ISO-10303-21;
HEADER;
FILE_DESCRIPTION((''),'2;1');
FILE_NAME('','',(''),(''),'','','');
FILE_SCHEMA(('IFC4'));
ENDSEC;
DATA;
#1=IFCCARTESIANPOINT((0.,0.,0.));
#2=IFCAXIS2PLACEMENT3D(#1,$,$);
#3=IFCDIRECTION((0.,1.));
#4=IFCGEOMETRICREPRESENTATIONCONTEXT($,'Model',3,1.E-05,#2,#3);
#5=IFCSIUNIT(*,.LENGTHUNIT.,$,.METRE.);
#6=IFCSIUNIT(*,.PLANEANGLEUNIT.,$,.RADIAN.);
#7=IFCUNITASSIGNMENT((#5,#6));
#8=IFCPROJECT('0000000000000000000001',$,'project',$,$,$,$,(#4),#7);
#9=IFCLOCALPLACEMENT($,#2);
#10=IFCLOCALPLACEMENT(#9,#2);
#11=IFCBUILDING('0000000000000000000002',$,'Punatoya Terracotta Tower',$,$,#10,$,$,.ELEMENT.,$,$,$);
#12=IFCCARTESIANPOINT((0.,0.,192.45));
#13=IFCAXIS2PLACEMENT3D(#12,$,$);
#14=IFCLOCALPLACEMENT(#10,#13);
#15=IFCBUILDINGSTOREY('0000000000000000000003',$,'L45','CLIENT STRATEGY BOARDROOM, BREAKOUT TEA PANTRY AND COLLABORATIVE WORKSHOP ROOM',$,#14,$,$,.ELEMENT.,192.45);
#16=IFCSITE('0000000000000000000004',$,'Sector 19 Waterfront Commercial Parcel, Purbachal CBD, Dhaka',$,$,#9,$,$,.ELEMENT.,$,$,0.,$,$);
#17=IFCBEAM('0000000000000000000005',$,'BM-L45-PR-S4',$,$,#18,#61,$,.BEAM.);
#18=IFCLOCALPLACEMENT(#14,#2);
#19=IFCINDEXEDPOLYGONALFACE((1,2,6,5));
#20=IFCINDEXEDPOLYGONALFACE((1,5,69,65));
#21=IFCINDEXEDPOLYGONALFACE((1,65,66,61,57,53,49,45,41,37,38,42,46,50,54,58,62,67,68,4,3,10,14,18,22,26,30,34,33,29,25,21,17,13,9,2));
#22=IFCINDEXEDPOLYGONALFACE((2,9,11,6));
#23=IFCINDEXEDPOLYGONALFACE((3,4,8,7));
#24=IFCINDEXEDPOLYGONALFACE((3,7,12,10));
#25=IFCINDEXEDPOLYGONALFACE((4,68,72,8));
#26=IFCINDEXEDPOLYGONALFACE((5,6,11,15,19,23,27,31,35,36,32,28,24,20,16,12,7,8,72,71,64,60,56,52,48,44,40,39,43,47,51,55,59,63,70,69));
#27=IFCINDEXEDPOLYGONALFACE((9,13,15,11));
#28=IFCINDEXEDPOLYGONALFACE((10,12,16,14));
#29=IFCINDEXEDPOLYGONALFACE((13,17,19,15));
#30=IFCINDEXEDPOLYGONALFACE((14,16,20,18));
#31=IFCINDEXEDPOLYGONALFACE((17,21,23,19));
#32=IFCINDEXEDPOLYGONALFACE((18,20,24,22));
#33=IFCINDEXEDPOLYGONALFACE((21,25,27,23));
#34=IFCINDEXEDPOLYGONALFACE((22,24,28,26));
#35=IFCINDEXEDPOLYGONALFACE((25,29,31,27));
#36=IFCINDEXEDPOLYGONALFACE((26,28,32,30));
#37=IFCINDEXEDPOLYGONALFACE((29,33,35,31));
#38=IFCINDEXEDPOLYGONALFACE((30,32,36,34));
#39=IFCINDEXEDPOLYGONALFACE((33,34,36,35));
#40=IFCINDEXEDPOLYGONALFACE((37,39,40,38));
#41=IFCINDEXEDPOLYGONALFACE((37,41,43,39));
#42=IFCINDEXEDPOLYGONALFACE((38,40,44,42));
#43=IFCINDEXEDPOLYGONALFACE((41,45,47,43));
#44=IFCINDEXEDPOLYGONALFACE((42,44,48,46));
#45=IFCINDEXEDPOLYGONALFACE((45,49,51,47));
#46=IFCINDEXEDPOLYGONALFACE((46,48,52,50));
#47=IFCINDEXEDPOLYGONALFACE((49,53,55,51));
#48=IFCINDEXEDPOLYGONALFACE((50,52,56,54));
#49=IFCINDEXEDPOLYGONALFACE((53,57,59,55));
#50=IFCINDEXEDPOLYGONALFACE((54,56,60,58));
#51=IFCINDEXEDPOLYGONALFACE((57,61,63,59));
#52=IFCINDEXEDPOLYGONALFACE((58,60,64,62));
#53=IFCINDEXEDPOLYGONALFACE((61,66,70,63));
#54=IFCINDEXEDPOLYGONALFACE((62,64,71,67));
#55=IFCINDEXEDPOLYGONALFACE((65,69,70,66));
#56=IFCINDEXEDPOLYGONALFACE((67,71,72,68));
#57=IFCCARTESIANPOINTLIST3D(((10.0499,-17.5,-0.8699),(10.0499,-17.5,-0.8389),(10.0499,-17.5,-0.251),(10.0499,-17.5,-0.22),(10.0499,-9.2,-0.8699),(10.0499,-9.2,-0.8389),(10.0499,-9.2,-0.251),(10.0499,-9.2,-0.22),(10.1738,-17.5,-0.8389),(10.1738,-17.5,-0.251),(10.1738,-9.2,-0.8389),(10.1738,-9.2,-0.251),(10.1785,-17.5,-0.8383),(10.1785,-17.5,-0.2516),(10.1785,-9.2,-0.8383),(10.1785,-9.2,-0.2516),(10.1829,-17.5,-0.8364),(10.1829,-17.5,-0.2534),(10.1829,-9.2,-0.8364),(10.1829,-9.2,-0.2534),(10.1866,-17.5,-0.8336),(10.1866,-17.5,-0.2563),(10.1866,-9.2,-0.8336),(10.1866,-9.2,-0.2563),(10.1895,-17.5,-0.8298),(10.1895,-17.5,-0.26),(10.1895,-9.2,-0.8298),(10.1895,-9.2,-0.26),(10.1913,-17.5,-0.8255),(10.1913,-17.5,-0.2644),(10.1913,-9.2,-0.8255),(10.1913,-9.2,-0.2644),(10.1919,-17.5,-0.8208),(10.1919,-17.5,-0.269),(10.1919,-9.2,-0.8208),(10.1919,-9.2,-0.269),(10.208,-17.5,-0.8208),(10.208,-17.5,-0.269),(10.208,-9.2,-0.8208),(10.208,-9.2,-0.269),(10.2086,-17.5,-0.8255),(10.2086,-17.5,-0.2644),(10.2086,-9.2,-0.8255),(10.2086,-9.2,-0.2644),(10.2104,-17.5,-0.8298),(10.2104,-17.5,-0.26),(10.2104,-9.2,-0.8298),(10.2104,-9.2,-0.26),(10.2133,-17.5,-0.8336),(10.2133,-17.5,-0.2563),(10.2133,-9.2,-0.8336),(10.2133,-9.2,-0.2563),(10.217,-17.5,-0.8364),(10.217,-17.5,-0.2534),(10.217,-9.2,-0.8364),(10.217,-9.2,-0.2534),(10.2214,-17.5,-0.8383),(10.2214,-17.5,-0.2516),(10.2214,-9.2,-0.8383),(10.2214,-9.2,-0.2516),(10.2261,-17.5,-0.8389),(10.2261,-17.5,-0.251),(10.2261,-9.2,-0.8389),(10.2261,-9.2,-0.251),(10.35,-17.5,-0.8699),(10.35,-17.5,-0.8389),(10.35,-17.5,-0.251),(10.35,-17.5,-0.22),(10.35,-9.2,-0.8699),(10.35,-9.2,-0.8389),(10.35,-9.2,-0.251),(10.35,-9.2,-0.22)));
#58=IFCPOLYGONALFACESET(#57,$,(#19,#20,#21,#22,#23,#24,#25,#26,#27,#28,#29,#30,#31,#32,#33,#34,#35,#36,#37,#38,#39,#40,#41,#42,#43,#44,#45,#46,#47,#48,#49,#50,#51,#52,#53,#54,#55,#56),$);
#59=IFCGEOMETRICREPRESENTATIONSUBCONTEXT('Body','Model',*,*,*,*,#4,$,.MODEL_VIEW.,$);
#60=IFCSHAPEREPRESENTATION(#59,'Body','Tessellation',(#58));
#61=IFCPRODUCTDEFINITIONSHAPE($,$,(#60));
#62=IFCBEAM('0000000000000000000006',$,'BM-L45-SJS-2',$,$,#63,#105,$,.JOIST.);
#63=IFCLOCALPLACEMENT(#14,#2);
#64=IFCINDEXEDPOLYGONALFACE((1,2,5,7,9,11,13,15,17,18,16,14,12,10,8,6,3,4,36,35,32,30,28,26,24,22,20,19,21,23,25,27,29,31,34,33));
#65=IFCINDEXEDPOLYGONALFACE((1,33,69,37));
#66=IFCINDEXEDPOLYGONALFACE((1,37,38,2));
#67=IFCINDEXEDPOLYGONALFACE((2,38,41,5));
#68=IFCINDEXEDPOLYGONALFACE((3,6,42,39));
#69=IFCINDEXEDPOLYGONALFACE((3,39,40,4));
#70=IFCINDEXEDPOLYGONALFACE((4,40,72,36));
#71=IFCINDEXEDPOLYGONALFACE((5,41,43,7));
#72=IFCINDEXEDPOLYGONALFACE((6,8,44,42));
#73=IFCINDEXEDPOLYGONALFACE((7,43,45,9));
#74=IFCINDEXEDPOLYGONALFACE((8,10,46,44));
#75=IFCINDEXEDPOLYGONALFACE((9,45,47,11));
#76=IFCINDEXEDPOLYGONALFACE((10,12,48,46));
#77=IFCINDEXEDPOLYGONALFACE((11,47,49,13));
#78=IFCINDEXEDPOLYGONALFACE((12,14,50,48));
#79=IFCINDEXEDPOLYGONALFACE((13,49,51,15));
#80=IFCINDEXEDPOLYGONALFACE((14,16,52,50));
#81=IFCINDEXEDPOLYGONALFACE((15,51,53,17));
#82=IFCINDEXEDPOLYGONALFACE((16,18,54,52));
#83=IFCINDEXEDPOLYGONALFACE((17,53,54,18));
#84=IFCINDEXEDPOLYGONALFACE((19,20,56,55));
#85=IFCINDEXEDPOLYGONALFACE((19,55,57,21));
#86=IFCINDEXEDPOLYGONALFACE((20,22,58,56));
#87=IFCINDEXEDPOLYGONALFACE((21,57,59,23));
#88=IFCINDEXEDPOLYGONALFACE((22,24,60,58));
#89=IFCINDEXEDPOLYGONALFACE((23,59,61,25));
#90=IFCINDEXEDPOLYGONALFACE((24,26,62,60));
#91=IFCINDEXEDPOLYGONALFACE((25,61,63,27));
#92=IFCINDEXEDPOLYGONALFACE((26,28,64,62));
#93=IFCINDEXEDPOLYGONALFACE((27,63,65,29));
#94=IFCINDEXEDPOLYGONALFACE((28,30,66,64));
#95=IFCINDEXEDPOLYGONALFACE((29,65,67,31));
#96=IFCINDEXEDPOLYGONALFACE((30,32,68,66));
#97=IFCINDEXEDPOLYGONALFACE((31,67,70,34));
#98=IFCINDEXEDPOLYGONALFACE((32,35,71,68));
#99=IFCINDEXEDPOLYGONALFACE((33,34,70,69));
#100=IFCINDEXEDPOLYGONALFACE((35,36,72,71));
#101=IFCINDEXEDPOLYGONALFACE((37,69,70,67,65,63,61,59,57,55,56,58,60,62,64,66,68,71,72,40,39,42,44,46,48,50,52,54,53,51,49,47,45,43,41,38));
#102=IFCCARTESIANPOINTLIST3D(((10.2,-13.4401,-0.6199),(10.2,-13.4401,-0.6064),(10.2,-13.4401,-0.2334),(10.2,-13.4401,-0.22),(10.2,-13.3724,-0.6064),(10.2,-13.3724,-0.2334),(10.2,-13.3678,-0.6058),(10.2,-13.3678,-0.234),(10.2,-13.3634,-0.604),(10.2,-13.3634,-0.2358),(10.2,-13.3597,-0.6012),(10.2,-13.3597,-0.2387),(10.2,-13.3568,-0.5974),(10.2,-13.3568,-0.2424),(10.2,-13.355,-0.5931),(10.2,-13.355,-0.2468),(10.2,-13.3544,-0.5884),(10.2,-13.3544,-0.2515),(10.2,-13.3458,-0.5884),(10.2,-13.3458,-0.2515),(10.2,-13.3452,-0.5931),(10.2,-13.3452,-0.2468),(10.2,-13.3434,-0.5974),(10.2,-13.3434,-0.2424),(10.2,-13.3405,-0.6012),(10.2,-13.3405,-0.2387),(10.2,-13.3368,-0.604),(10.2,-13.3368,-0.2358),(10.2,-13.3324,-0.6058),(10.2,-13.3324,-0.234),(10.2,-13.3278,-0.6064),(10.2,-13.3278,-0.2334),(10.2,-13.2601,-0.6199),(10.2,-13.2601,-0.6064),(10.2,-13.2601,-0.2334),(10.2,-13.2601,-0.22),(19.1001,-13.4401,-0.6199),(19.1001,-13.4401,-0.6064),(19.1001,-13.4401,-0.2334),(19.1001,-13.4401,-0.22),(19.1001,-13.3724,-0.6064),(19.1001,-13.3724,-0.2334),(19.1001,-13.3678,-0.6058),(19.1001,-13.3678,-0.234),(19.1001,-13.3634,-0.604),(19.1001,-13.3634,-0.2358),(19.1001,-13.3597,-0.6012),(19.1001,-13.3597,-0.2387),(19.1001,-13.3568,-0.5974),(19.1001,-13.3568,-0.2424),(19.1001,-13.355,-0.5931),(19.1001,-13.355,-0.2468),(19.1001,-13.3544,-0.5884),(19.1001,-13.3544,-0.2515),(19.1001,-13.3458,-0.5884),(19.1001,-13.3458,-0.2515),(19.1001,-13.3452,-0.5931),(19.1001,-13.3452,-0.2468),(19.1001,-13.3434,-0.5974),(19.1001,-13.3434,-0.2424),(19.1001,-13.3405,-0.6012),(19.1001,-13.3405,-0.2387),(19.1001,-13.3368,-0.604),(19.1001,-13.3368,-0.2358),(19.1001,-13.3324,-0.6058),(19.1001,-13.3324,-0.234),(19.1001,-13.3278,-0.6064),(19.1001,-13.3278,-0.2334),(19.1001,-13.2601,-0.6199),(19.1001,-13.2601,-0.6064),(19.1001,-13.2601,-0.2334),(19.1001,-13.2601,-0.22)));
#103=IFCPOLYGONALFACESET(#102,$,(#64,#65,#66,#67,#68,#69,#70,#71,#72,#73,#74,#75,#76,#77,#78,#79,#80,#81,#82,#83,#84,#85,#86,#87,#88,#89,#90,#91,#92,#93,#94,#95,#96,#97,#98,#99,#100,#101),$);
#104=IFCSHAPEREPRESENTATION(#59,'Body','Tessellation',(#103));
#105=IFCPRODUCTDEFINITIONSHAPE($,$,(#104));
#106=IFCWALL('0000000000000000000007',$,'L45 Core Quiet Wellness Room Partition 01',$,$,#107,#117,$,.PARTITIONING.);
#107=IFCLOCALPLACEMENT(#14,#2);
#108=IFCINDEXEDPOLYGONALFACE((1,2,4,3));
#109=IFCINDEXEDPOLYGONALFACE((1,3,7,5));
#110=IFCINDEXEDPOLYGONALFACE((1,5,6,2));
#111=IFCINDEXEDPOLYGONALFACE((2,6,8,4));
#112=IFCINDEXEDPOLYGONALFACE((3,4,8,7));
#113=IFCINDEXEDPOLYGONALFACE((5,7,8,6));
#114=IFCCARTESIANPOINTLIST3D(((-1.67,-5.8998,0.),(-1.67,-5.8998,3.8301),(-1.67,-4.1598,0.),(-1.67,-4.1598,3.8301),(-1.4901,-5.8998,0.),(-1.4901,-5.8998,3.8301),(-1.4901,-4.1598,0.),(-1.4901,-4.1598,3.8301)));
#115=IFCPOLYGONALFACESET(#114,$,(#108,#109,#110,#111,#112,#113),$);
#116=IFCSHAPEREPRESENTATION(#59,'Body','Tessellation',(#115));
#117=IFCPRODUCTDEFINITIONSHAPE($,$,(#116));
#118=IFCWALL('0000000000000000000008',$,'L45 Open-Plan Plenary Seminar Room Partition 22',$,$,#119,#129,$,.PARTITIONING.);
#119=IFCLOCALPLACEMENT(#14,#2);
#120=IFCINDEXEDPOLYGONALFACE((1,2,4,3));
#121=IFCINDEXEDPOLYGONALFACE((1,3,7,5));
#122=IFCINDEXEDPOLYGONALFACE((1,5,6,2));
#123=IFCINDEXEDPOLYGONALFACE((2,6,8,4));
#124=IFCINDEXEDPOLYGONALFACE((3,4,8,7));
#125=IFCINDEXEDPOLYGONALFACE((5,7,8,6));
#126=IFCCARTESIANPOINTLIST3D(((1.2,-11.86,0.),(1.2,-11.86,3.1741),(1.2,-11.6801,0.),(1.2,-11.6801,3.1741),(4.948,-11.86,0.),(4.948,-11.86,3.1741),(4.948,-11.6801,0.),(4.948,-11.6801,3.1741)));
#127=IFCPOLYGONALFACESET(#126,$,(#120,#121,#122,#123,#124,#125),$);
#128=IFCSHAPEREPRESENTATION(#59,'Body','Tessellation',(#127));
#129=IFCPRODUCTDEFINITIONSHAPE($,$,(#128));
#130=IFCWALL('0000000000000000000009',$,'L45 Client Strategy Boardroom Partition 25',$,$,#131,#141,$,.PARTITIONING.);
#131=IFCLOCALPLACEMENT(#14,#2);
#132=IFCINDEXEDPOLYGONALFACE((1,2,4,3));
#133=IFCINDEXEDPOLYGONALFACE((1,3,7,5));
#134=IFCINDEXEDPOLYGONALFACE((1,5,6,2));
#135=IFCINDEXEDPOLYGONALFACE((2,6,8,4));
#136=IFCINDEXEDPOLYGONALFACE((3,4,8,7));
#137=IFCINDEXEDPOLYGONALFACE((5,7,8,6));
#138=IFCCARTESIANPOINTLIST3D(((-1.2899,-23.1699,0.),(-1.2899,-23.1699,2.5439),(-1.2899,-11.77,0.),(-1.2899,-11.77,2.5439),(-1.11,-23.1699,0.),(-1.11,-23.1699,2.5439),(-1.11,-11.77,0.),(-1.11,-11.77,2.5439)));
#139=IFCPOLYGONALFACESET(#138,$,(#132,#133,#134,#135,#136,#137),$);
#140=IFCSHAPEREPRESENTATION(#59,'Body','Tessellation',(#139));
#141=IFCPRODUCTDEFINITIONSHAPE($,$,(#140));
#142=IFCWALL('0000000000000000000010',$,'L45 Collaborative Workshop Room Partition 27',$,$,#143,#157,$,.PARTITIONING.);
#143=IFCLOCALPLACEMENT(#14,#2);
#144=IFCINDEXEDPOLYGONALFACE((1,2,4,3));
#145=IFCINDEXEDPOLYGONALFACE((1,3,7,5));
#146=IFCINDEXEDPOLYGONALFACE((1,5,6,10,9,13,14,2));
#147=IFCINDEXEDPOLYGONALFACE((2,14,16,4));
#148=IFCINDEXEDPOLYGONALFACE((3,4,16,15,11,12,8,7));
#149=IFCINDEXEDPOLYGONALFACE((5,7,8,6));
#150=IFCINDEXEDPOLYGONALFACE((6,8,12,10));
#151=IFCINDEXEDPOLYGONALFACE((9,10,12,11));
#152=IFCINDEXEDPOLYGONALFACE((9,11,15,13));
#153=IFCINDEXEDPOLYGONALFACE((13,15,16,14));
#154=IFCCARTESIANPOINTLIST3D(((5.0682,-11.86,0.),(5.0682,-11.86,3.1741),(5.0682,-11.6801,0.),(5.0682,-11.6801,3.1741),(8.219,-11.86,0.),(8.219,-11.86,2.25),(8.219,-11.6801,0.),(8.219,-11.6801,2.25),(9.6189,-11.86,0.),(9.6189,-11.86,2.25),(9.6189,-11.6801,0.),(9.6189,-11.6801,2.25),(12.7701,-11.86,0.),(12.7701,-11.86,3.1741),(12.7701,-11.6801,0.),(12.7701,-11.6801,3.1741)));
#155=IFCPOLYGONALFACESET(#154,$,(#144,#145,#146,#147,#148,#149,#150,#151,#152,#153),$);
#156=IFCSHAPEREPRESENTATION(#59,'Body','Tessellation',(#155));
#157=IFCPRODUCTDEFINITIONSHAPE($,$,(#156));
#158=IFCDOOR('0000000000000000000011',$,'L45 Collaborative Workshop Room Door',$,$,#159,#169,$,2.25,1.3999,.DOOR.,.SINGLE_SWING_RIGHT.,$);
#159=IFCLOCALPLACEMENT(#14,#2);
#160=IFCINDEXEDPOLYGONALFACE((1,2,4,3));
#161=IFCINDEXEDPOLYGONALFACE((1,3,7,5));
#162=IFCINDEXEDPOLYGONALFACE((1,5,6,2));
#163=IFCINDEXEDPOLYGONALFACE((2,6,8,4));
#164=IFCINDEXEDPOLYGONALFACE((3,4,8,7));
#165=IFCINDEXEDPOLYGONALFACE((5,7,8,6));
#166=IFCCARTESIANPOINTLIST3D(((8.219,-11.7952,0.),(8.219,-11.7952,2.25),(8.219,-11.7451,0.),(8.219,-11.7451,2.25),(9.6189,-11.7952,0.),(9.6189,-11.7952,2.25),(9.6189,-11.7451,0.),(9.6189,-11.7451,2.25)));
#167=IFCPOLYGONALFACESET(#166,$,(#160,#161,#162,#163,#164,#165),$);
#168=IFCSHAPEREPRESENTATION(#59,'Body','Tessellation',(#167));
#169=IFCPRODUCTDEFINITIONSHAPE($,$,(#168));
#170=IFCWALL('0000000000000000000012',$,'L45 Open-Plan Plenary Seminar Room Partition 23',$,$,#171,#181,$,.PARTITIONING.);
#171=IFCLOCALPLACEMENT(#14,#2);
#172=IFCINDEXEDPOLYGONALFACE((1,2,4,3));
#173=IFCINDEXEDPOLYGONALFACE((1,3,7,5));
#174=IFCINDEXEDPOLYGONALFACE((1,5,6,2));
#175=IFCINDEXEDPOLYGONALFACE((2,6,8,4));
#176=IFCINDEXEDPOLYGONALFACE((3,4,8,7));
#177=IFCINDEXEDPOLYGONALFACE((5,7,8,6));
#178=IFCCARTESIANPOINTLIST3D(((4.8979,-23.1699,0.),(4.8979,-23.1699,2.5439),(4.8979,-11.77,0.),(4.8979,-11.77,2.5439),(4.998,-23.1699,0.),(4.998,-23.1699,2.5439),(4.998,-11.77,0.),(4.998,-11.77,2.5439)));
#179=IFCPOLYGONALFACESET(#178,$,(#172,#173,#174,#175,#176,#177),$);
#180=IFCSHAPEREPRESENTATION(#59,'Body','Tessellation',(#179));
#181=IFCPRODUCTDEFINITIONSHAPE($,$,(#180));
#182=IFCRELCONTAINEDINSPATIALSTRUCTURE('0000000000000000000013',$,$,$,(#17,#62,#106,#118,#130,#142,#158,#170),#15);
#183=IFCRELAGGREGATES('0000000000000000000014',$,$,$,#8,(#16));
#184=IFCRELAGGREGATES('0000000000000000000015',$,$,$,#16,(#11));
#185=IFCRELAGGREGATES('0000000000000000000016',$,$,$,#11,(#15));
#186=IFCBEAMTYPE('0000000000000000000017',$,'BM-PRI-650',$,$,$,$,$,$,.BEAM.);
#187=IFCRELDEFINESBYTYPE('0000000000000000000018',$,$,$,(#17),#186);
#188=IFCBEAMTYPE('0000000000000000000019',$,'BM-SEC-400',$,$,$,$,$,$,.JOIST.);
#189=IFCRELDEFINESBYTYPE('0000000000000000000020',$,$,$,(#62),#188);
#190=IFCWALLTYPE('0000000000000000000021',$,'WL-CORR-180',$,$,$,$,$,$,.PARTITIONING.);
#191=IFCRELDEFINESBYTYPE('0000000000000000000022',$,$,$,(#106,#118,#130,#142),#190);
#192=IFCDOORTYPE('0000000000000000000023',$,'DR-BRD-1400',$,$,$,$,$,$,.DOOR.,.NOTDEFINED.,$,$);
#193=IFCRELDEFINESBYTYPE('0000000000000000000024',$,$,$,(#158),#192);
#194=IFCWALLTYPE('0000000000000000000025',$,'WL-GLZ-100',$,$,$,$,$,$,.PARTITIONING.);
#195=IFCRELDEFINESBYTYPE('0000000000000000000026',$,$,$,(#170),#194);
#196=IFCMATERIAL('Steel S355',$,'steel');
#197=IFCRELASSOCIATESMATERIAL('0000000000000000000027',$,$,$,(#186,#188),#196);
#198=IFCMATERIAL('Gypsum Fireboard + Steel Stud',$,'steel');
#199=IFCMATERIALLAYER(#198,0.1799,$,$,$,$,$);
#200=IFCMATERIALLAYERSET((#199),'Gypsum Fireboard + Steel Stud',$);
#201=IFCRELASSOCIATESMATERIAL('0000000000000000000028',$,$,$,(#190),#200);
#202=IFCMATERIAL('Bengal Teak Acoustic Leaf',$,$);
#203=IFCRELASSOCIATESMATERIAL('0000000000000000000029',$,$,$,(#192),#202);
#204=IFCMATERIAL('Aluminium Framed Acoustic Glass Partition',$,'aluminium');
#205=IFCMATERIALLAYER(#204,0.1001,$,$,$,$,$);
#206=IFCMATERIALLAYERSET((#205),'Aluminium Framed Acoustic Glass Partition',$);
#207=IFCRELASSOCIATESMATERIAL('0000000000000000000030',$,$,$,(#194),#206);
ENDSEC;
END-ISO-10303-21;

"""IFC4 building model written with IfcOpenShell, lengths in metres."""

from ifc_helpers import new_model, si_unit, direction, frame, frame_2d, origin, origin_2d, place, context, subcontext, project, spatial, rectangle, i_section, extrude, material, layer, layer_set, material_profile, profile_set, type_object, element, fill, save


model = new_model("IFC4")

# Units and contexts
model_context = context("Model", 3, precision=1e-05, world=origin(), true_north=direction((0.0, 1.0)))
body_context = subcontext(model_context, "Body", "Model", "MODEL_VIEW")
ifc_project = project(units=[si_unit("LENGTHUNIT", "METRE"), si_unit("PLANEANGLEUNIT", "RADIAN")], contexts=[model_context])

# Site, building, storey
site_placement = place(None, origin())
site = spatial("IfcSite", under=ifc_project, at=site_placement, Name="Sector 19 Waterfront Commercial Parcel, Purbachal CBD, Dhaka", CompositionType="ELEMENT", RefElevation=0.0)
building_placement = place(site_placement, origin())
building = spatial("IfcBuilding", under=site, at=building_placement, Name="Punatoya Terracotta Tower", CompositionType="ELEMENT")
storey_placement = place(building_placement, frame((0.0, 0.0, 192.45)))
storey = spatial("IfcBuildingStorey", under=building, at=storey_placement, Name="L45", Description="CLIENT STRATEGY BOARDROOM, BREAKOUT TEA PANTRY AND COLLABORATIVE WORKSHOP ROOM", CompositionType="ELEMENT", Elevation=192.45)

# Beams
ifc_material_1 = material(Name="Steel S355", Category="steel")
ifc_material_profile_1 = material_profile(ifc_material_1, i_section(OverallWidth=0.3, OverallDepth=0.6499, WebThickness=0.0161, FlangeThickness=0.031, FilletRadius=0.0181, at=origin_2d()))
ifc_profile_set_1 = profile_set([ifc_material_profile_1], Name="Steel S355")
beam_type_1 = type_object("IfcBeamType", Name="BM-PRI-650", PredefinedType="BEAM", material=ifc_profile_set_1)
beam_1_placement = place(storey_placement, frame((10.2, -17.5, -0.5449), z_axis=(0.0, 1.0, 0.0), x_axis=(-1.0, 0.0, 0.0)))
element("IfcBeam", 1, at=beam_1_placement, inside=storey, type_object=beam_type_1, Name="BM-L45-PR-S4", PredefinedType="BEAM", context=body_context, shape_type="SweptSolid", body=[
    extrude(i_section(OverallWidth=0.3, OverallDepth=0.6499, WebThickness=0.0161, FlangeThickness=0.031, FilletRadius=0.0181, at=origin_2d()), origin(), (0.0, 0.0, 1.0), 8.3),
])
ifc_material_profile_2 = material_profile(ifc_material_1, i_section(OverallWidth=0.1799, OverallDepth=0.3999, WebThickness=0.0085, FlangeThickness=0.0134, FilletRadius=0.0181, at=origin_2d()))
ifc_profile_set_2 = profile_set([ifc_material_profile_2], Name="Steel S355")
beam_type_2 = type_object("IfcBeamType", Name="BM-SEC-400", PredefinedType="JOIST", material=ifc_profile_set_2)
beam_2_placement = place(storey_placement, frame((10.2, -13.3501, -0.4199), z_axis=(1.0, 0.0, 0.0), x_axis=(0.0, 1.0, 0.0)))
element("IfcBeam", 2, at=beam_2_placement, inside=storey, type_object=beam_type_2, Name="BM-L45-SJS-2", PredefinedType="JOIST", context=body_context, shape_type="SweptSolid", body=[
    extrude(i_section(OverallWidth=0.1799, OverallDepth=0.3999, WebThickness=0.0085, FlangeThickness=0.0134, FilletRadius=0.0181, at=origin_2d()), origin(), (0.0, 0.0, 1.0), 8.9001),
])

# Walls
ifc_material_2 = material(Name="Gypsum Fireboard + Steel Stud", Category="steel")
ifc_layer_1 = layer(ifc_material_2, 0.1799)
ifc_layer_set_1 = layer_set([ifc_layer_1], Name="Gypsum Fireboard + Steel Stud")
wall_type_1 = type_object("IfcWallType", Name="WL-CORR-180", PredefinedType="PARTITIONING", material=ifc_layer_set_1)
wall_1_placement = place(storey_placement, frame((-1.5801, -5.8999, 0.0), z_axis=(0.0, 0.0, 1.0), x_axis=(0.0, 1.0, 0.0)))
element("IfcWall", 3, at=wall_1_placement, inside=storey, type_object=wall_type_1, Name="L45 Core Quiet Wellness Room Partition 01", PredefinedType="PARTITIONING", context=body_context, shape_type="SweptSolid", body=[
    extrude(rectangle(XDim=1.74, YDim=0.1799, at=frame_2d((0.8701, 0.0))), origin(), (0.0, 0.0, 1.0), 3.8301),
])
wall_2_placement = place(storey_placement, frame((1.2, -11.77, 0.0), z_axis=(0.0, 0.0, 1.0), x_axis=(1.0, 0.0, 0.0)))
element("IfcWall", 4, at=wall_2_placement, inside=storey, type_object=wall_type_1, Name="L45 Open-Plan Plenary Seminar Room Partition 22", PredefinedType="PARTITIONING", context=body_context, shape_type="SweptSolid", body=[
    extrude(rectangle(XDim=3.748, YDim=0.1799, at=frame_2d((1.874, 0.0))), origin(), (0.0, 0.0, 1.0), 3.1741),
])
wall_3_placement = place(storey_placement, frame((-1.2, -11.77, 0.0), z_axis=(0.0, 0.0, 1.0), x_axis=(0.0, -1.0, 0.0)))
element("IfcWall", 5, at=wall_3_placement, inside=storey, type_object=wall_type_1, Name="L45 Client Strategy Boardroom Partition 25", PredefinedType="PARTITIONING", context=body_context, shape_type="SweptSolid", body=[
    extrude(rectangle(XDim=11.3999, YDim=0.1799, at=frame_2d((5.7, 0.0))), origin(), (0.0, 0.0, 1.0), 2.5439),
])

# Wall, opening, door
wall_4_placement = place(storey_placement, frame((5.0681, -11.77, 0.0), z_axis=(0.0, 0.0, 1.0), x_axis=(1.0, 0.0, 0.0)))
wall_4 = element("IfcWall", 6, at=wall_4_placement, inside=storey, type_object=wall_type_1, Name="L45 Collaborative Workshop Room Partition 27", PredefinedType="PARTITIONING", context=body_context, shape_type="SweptSolid", body=[
    extrude(rectangle(XDim=7.7019, YDim=0.1799, at=frame_2d((3.8511, 0.0))), origin(), (0.0, 0.0, 1.0), 3.1741),
])
opening_1_placement = place(wall_4_placement, frame((3.1509, 0.0, 0.0)))
opening_1 = element("IfcOpeningElement", 7, at=opening_1_placement, cuts=wall_4, PredefinedType="OPENING", context=body_context, shape_type="SweptSolid", body=[
    extrude(rectangle(XDim=1.3999, YDim=2.25, at=frame_2d((0.7, 1.125))), frame((0.0, 0.0999, 0.0), z_axis=(0.0, -1.0, 0.0), x_axis=(1.0, 0.0, 0.0)), (0.0, 0.0, 1.0), 0.2),
])
ifc_material_3 = material(Name="Bengal Teak Acoustic Leaf")
door_type_1 = type_object("IfcDoorType", Name="DR-BRD-1400", OperationType="NOTDEFINED", PredefinedType="DOOR", material=ifc_material_3)
door_1_placement = place(opening_1_placement, origin())
door_1 = element("IfcDoor", 8, at=door_1_placement, inside=storey, type_object=door_type_1, Name="L45 Collaborative Workshop Room Door", OperationType="SINGLE_SWING_RIGHT", OverallHeight=2.25, OverallWidth=1.3999, PredefinedType="DOOR", context=body_context, shape_type="SweptSolid", body=[
    extrude(rectangle(XDim=1.3999, YDim=2.25, at=frame_2d((0.7, 1.125))), frame((0.0, 0.0249, 0.0), z_axis=(0.0, -1.0, 0.0), x_axis=(1.0, 0.0, 0.0)), (0.0, 0.0, 1.0), 0.05),
])
fill(opening_1, door_1)

# Wall
ifc_material_4 = material(Name="Aluminium Framed Acoustic Glass Partition", Category="aluminium")
ifc_layer_2 = layer(ifc_material_4, 0.1001)
ifc_layer_set_2 = layer_set([ifc_layer_2], Name="Aluminium Framed Acoustic Glass Partition")
wall_type_2 = type_object("IfcWallType", Name="WL-GLZ-100", PredefinedType="PARTITIONING", material=ifc_layer_set_2)
wall_5_placement = place(storey_placement, frame((4.948, -11.77, 0.0), z_axis=(0.0, 0.0, 1.0), x_axis=(0.0, -1.0, 0.0)))
element("IfcWall", 9, at=wall_5_placement, inside=storey, type_object=wall_type_2, Name="L45 Open-Plan Plenary Seminar Room Partition 23", PredefinedType="PARTITIONING", context=body_context, shape_type="SweptSolid", body=[
    extrude(rectangle(XDim=11.3999, YDim=0.1001, at=frame_2d((5.7, 0.0))), origin(), (0.0, 0.0, 1.0), 2.5439),
])

save(model, "model.ifc")
